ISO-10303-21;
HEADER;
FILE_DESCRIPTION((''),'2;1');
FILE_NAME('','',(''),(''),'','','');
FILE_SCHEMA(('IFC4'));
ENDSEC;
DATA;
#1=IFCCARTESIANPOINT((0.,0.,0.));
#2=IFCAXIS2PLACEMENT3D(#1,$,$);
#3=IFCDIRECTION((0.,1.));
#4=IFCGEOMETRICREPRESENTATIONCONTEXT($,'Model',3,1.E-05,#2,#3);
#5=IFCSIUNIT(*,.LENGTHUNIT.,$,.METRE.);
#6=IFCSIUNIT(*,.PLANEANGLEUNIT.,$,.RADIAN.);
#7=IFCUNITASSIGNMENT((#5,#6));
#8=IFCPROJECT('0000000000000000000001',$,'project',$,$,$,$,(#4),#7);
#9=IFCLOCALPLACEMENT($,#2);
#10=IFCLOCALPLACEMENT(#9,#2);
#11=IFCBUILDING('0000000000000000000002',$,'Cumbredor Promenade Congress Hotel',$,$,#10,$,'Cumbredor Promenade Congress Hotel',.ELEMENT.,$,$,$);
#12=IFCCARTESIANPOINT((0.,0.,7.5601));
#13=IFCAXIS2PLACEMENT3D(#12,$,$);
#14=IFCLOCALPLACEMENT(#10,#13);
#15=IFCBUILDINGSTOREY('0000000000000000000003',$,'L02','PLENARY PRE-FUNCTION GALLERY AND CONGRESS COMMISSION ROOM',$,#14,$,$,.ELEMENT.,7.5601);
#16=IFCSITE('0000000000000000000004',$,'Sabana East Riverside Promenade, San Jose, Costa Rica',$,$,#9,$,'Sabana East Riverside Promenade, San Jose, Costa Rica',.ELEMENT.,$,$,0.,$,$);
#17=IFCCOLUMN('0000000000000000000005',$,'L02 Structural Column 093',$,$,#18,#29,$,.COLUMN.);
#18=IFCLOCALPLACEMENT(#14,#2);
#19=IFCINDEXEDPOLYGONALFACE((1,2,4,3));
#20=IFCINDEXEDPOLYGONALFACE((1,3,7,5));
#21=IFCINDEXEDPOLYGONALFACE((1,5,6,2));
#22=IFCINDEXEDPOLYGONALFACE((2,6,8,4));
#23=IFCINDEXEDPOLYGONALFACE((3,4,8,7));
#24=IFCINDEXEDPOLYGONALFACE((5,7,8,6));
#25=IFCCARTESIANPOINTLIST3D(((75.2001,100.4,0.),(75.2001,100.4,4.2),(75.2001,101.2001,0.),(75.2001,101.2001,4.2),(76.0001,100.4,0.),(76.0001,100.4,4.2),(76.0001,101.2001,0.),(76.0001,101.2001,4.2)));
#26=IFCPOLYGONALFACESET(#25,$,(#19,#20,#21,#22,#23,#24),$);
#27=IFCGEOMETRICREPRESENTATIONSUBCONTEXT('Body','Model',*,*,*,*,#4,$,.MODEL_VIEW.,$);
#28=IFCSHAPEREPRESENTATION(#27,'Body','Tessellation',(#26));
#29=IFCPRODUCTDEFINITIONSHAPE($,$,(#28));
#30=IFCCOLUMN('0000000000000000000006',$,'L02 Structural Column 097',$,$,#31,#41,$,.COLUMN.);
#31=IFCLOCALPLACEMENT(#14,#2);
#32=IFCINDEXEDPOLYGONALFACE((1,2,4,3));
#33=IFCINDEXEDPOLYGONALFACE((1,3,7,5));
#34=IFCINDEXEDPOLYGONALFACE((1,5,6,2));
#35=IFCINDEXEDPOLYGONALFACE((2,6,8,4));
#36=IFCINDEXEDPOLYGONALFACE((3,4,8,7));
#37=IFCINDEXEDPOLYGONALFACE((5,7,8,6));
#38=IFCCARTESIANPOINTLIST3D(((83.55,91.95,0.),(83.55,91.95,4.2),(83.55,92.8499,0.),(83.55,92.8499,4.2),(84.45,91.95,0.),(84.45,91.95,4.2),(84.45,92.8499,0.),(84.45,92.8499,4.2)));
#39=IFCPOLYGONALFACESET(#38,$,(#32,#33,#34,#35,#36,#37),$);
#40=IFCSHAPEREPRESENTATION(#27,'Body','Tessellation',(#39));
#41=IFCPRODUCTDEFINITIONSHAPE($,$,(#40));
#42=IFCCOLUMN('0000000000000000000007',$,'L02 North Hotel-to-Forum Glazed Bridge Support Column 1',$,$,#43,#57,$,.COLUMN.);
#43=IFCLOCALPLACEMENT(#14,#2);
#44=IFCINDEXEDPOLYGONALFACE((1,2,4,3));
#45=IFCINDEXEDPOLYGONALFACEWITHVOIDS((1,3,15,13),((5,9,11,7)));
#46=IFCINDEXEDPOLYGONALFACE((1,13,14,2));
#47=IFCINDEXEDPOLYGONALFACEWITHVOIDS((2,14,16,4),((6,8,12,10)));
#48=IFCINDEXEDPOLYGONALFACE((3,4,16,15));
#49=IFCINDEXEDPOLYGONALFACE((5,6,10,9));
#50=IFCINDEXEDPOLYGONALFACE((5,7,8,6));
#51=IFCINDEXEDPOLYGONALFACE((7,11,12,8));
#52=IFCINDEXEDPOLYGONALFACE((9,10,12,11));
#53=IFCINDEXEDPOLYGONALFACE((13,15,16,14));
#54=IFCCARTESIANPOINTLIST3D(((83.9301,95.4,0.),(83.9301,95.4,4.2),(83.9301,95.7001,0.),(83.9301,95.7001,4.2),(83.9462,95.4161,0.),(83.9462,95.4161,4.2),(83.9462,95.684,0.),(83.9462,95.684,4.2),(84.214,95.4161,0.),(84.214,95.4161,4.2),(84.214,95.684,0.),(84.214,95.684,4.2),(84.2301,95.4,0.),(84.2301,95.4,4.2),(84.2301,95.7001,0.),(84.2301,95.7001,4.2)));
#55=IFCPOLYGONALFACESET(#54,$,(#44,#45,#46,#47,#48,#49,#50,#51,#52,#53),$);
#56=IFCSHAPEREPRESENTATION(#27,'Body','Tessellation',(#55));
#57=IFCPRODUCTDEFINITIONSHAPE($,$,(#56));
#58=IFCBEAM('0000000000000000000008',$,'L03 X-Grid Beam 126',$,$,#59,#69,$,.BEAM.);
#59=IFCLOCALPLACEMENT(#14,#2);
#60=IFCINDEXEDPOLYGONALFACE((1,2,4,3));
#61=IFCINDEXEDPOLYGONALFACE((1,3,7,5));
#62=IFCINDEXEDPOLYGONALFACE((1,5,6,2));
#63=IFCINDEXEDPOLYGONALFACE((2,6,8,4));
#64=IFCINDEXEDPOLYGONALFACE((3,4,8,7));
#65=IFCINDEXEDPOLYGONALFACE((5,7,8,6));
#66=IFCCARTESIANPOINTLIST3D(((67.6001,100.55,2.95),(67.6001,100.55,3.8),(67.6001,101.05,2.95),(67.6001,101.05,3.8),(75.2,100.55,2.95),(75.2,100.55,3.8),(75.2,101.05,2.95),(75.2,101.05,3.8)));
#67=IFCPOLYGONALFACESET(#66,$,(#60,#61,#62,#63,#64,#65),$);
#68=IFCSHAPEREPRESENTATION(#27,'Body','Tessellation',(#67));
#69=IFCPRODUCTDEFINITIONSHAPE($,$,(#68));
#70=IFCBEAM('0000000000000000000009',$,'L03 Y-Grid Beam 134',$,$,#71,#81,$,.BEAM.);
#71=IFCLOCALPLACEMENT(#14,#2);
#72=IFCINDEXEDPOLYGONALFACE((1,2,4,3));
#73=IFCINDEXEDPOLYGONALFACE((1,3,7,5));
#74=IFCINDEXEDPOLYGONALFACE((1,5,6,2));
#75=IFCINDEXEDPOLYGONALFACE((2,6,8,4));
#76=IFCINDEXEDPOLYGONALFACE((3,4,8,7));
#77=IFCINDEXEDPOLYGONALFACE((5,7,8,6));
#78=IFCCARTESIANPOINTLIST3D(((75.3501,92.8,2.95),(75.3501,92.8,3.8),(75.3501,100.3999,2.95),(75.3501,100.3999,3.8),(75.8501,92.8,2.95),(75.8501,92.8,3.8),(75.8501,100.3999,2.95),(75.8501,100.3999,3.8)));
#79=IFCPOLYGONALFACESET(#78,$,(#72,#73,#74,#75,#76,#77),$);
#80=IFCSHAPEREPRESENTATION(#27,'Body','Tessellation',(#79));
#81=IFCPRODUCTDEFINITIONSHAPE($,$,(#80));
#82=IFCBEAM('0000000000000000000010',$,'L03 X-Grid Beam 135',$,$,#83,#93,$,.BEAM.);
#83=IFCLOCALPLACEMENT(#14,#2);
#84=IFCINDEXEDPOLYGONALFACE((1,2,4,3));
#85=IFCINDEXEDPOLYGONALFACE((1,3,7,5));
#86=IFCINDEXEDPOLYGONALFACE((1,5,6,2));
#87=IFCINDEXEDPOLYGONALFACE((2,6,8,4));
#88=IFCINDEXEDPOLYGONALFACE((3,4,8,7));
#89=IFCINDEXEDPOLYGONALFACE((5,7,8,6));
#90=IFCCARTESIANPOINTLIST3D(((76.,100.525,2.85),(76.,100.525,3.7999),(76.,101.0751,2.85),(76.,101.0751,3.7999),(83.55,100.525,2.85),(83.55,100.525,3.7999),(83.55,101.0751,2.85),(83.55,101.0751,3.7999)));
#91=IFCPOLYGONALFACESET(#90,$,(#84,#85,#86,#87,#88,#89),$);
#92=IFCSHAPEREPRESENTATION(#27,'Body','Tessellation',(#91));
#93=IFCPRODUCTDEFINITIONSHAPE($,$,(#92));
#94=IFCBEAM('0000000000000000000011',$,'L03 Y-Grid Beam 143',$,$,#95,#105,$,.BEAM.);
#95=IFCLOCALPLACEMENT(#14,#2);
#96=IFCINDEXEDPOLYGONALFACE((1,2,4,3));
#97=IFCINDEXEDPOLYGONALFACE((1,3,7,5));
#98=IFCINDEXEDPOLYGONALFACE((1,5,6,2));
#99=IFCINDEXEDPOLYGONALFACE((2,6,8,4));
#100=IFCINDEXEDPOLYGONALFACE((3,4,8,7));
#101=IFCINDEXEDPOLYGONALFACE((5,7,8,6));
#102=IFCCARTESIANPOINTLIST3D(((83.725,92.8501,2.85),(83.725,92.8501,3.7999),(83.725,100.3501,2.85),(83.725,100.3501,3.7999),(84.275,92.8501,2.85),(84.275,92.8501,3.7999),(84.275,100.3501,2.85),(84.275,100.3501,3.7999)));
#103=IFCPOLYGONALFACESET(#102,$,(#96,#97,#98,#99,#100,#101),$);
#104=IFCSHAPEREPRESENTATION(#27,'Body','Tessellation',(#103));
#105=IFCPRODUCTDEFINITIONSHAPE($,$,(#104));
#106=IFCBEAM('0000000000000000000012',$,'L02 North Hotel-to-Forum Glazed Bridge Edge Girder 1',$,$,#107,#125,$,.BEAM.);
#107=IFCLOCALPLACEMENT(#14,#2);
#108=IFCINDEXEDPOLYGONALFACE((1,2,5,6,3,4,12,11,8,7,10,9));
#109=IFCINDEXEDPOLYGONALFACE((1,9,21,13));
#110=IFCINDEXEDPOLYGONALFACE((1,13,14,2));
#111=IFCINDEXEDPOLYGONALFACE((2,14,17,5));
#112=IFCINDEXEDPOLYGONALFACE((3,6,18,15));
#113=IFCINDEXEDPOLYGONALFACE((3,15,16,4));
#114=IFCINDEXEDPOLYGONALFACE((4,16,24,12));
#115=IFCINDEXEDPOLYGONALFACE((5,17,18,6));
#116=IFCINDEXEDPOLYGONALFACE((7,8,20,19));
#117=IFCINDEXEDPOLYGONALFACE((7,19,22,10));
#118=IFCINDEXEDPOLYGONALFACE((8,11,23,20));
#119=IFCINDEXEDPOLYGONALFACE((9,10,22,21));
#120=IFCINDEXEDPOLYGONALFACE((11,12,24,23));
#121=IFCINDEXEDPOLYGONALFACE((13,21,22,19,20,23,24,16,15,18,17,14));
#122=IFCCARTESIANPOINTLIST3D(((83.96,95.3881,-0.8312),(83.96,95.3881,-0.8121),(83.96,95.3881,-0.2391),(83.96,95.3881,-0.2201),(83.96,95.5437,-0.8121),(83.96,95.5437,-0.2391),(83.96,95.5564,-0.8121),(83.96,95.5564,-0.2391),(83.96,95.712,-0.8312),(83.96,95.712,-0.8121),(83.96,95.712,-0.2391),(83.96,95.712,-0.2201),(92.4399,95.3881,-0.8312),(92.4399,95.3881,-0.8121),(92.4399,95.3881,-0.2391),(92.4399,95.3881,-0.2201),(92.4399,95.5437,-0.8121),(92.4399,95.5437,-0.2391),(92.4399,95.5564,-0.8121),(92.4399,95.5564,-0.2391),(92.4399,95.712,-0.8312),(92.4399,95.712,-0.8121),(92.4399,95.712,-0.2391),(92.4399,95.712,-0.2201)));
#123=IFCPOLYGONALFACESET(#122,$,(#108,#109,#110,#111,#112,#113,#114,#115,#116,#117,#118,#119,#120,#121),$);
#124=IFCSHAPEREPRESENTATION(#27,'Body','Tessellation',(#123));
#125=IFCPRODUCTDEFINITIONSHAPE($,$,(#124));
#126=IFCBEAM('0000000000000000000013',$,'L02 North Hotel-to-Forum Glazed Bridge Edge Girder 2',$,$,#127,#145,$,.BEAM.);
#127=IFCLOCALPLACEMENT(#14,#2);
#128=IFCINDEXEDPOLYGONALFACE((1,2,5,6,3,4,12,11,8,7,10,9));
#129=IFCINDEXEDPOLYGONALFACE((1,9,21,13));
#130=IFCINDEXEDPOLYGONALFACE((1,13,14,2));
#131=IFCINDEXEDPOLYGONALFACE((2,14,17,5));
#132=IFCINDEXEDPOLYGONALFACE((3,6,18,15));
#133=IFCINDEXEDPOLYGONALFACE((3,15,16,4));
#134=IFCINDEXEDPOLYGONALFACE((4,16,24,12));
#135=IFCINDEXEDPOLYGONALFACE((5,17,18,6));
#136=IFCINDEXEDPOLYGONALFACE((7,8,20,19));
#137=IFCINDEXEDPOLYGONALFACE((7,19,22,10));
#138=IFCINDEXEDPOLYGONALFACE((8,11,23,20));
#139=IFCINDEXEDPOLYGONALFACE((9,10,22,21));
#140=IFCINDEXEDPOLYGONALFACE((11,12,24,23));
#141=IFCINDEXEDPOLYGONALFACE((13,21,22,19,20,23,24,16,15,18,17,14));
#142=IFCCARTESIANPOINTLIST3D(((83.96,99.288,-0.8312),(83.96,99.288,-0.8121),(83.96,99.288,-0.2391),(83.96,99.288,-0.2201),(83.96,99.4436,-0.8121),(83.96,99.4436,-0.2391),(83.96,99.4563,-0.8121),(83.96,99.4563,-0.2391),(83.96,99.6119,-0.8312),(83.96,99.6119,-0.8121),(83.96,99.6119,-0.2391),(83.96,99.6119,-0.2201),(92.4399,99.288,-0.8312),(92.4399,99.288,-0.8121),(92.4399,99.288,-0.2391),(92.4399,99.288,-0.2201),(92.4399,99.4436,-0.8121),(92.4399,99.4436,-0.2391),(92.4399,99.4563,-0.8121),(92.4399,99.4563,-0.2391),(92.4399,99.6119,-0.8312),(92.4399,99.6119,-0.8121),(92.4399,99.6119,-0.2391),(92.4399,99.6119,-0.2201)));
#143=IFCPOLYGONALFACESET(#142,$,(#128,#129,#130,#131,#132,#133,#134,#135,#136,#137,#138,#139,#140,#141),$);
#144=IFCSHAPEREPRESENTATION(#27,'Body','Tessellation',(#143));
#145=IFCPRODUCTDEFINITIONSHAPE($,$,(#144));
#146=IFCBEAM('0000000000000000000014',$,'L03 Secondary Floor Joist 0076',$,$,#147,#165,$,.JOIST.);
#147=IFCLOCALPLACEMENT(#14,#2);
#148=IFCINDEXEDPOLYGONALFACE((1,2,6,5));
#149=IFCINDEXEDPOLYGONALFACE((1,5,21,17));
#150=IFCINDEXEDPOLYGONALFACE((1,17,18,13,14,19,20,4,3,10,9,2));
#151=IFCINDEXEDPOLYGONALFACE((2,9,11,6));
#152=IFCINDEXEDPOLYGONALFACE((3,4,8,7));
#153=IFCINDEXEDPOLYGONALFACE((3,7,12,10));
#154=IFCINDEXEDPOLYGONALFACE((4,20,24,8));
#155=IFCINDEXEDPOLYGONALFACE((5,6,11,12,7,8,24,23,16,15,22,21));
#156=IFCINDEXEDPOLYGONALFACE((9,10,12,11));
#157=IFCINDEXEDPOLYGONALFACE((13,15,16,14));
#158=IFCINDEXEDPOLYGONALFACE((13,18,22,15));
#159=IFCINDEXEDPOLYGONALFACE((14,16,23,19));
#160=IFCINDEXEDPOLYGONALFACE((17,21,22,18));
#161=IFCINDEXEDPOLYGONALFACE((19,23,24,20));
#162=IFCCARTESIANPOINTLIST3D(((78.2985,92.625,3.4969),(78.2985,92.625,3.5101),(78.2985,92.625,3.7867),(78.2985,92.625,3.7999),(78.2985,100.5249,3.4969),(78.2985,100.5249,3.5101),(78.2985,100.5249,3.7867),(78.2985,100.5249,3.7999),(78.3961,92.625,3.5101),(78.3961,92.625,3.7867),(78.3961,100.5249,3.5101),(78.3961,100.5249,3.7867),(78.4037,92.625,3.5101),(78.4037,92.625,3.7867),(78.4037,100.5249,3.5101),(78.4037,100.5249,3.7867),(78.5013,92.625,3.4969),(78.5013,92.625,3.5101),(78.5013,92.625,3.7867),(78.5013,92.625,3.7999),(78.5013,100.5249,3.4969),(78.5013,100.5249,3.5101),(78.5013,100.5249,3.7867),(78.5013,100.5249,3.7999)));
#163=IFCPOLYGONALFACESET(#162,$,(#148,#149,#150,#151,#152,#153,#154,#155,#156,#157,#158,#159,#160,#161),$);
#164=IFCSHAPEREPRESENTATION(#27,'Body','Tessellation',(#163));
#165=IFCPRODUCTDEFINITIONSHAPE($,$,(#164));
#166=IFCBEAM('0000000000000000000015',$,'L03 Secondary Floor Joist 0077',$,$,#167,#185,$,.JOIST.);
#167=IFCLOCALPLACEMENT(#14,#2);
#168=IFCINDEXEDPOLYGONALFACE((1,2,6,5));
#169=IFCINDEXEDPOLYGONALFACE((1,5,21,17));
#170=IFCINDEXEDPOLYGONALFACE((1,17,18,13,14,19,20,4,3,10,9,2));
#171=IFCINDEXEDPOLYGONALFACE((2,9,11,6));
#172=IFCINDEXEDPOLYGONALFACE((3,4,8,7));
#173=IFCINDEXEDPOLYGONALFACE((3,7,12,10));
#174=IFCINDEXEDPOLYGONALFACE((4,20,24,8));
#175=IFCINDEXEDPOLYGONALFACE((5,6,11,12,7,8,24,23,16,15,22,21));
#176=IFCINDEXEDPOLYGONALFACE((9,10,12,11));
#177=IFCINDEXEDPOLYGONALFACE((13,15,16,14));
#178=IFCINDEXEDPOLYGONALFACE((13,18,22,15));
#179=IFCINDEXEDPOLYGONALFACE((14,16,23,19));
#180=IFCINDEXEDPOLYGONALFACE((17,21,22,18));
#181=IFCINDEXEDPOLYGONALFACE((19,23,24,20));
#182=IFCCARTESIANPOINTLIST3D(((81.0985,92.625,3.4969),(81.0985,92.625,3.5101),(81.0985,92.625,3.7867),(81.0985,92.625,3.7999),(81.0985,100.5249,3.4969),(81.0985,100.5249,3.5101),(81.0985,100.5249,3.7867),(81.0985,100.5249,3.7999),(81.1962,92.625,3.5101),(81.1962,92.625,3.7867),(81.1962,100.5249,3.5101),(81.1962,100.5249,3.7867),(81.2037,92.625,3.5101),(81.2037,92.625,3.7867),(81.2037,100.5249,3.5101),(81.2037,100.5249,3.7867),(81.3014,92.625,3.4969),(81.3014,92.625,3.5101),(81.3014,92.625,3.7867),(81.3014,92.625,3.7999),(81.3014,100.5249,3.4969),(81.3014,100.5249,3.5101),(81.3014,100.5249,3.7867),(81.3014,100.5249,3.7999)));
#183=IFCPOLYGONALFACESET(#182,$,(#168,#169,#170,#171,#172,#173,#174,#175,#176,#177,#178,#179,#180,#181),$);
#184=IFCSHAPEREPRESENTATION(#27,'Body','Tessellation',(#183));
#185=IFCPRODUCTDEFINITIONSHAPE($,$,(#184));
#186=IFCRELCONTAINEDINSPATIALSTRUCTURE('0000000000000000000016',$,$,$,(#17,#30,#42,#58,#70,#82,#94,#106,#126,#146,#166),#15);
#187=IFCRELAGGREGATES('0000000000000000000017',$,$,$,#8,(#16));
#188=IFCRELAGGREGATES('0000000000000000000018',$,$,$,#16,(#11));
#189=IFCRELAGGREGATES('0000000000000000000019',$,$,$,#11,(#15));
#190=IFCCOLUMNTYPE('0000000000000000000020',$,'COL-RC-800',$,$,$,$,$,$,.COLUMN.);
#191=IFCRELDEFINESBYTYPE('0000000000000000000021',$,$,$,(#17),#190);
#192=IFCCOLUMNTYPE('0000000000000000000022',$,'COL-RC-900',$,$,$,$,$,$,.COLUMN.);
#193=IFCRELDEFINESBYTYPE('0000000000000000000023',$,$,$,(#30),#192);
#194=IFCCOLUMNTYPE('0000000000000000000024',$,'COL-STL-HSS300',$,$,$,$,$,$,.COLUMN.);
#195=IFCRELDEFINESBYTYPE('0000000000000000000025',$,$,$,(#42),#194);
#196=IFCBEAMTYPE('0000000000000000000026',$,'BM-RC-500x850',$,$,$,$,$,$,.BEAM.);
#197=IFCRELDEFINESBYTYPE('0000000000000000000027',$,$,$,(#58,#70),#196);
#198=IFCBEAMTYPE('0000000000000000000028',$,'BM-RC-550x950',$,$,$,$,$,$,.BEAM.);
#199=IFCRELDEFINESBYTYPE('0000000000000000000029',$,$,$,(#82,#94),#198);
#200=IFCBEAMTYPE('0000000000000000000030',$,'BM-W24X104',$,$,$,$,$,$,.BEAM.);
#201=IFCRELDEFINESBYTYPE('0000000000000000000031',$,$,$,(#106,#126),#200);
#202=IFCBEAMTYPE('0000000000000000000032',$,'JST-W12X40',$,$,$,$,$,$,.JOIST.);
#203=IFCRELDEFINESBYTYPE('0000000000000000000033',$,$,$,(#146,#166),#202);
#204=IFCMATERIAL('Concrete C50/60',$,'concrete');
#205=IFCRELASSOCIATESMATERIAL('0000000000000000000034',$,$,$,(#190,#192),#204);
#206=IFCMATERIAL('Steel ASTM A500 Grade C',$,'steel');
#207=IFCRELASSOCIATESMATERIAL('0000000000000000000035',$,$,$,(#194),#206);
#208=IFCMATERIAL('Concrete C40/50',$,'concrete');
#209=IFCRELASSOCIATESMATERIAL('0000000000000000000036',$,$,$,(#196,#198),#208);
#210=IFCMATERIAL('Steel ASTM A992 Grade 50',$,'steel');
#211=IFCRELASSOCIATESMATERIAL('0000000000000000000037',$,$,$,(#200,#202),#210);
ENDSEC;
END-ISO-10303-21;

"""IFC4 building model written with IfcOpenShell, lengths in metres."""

from ifc_helpers import new_model, si_unit, direction, frame, origin, origin_2d, place, context, subcontext, project, spatial, rectangle, hollow_rectangle, i_section, extrude, material, material_profile, profile_set, type_object, element, save


model = new_model("IFC4")

# Units and contexts
model_context = context("Model", 3, precision=1e-05, world=origin(), true_north=direction((0.0, 1.0)))
body_context = subcontext(model_context, "Body", "Model", "MODEL_VIEW")
ifc_project = project(units=[si_unit("LENGTHUNIT", "METRE"), si_unit("PLANEANGLEUNIT", "RADIAN")], contexts=[model_context])

# Site, building, storey
site_placement = place(None, origin())
site = spatial("IfcSite", under=ifc_project, at=site_placement, Name="Sabana East Riverside Promenade, San Jose, Costa Rica", LongName="Sabana East Riverside Promenade, San Jose, Costa Rica", CompositionType="ELEMENT", RefElevation=0.0)
building_placement = place(site_placement, origin())
building = spatial("IfcBuilding", under=site, at=building_placement, Name="Cumbredor Promenade Congress Hotel", LongName="Cumbredor Promenade Congress Hotel", CompositionType="ELEMENT")
storey_placement = place(building_placement, frame((0.0, 0.0, 7.5601)))
storey = spatial("IfcBuildingStorey", under=building, at=storey_placement, Name="L02", Description="PLENARY PRE-FUNCTION GALLERY AND CONGRESS COMMISSION ROOM", CompositionType="ELEMENT", Elevation=7.5601)

# Columns
ifc_material_1 = material(Name="Concrete C50/60", Category="concrete")
ifc_material_profile_1 = material_profile(ifc_material_1, rectangle(XDim=0.8, YDim=0.8, at=origin_2d()), Name="RC 800x800")
ifc_profile_set_1 = profile_set([ifc_material_profile_1], Name="Concrete C50/60")
column_type_1 = type_object("IfcColumnType", Name="COL-RC-800", PredefinedType="COLUMN", material=ifc_profile_set_1)
column_1_placement = place(storey_placement, frame((75.6001, 100.8, 0.0), z_axis=(0.0, 0.0, 1.0), x_axis=(1.0, 0.0, 0.0)))
element("IfcColumn", 1, at=column_1_placement, inside=storey, type_object=column_type_1, Name="L02 Structural Column 093", PredefinedType="COLUMN", context=body_context, shape_type="SweptSolid", body=[
    extrude(rectangle(XDim=0.8, YDim=0.8, at=origin_2d()), origin(), (0.0, 0.0, 1.0), 4.2),
])
ifc_material_profile_2 = material_profile(ifc_material_1, rectangle(XDim=0.8999, YDim=0.8999, at=origin_2d()), Name="RC 900x900")
ifc_profile_set_2 = profile_set([ifc_material_profile_2], Name="Concrete C50/60")
column_type_2 = type_object("IfcColumnType", Name="COL-RC-900", PredefinedType="COLUMN", material=ifc_profile_set_2)
column_2_placement = place(storey_placement, frame((84.0, 92.3999, 0.0), z_axis=(0.0, 0.0, 1.0), x_axis=(1.0, 0.0, 0.0)))
element("IfcColumn", 2, at=column_2_placement, inside=storey, type_object=column_type_2, Name="L02 Structural Column 097", PredefinedType="COLUMN", context=body_context, shape_type="SweptSolid", body=[
    extrude(rectangle(XDim=0.8999, YDim=0.8999, at=origin_2d()), origin(), (0.0, 0.0, 1.0), 4.2),
])
ifc_material_2 = material(Name="Steel ASTM A500 Grade C", Category="steel")
ifc_material_profile_3 = material_profile(ifc_material_2, hollow_rectangle(XDim=0.3, YDim=0.3, WallThickness=0.0161, at=origin_2d()), Name="HSS 300x300x16")
ifc_profile_set_3 = profile_set([ifc_material_profile_3], Name="Steel ASTM A500 Grade C")
column_type_3 = type_object("IfcColumnType", Name="COL-STL-HSS300", PredefinedType="COLUMN", material=ifc_profile_set_3)
column_3_placement = place(storey_placement, frame((84.0801, 95.55, 0.0), z_axis=(0.0, 0.0, 1.0), x_axis=(1.0, 0.0, 0.0)))
element("IfcColumn", 3, at=column_3_placement, inside=storey, type_object=column_type_3, Name="L02 North Hotel-to-Forum Glazed Bridge Support Column 1", PredefinedType="COLUMN", context=body_context, shape_type="SweptSolid", body=[
    extrude(hollow_rectangle(XDim=0.3, YDim=0.3, WallThickness=0.0161, at=origin_2d()), origin(), (0.0, 0.0, 1.0), 4.2),
])

# Beams
ifc_material_3 = material(Name="Concrete C40/50", Category="concrete")
ifc_material_profile_4 = material_profile(ifc_material_3, rectangle(XDim=0.5, YDim=0.8501, at=origin_2d()), Name="RC BEAM 500x850")
ifc_profile_set_4 = profile_set([ifc_material_profile_4], Name="Concrete C40/50")
beam_type_1 = type_object("IfcBeamType", Name="BM-RC-500x850", PredefinedType="BEAM", material=ifc_profile_set_4)
for number, where, z_axis, x_axis, name in (
    (4, (67.6001, 100.8, 3.375), (1.0, 0.0, 0.0), (0.0, 1.0, 0.0), "L03 X-Grid Beam 126"),
    (5, (75.6001, 92.8, 3.375), (0.0, 1.0, 0.0), (-1.0, 0.0, 0.0), "L03 Y-Grid Beam 134"),
):
    element("IfcBeam", number, at=place(storey_placement, frame(where, z_axis=z_axis, x_axis=x_axis)), inside=storey, type_object=beam_type_1, Name=name, PredefinedType="BEAM", context=body_context, shape_type="SweptSolid", body=[
        extrude(rectangle(XDim=0.5, YDim=0.8501, at=origin_2d()), origin(), (0.0, 0.0, 1.0), 7.5999),
    ])
ifc_material_profile_5 = material_profile(ifc_material_3, rectangle(XDim=0.55, YDim=0.95, at=origin_2d()), Name="RC BEAM 550x950")
ifc_profile_set_5 = profile_set([ifc_material_profile_5], Name="Concrete C40/50")
beam_type_2 = type_object("IfcBeamType", Name="BM-RC-550x950", PredefinedType="BEAM", material=ifc_profile_set_5)
beam_1_placement = place(storey_placement, frame((76.0, 100.8, 3.325), z_axis=(1.0, 0.0, 0.0), x_axis=(0.0, 1.0, 0.0)))
element("IfcBeam", 6, at=beam_1_placement, inside=storey, type_object=beam_type_2, Name="L03 X-Grid Beam 135", PredefinedType="BEAM", context=body_context, shape_type="SweptSolid", body=[
    extrude(rectangle(XDim=0.55, YDim=0.95, at=origin_2d()), origin(), (0.0, 0.0, 1.0), 7.55),
])
beam_2_placement = place(storey_placement, frame((84.0, 92.8501, 3.325), z_axis=(0.0, 1.0, 0.0), x_axis=(-1.0, 0.0, 0.0)))
element("IfcBeam", 7, at=beam_2_placement, inside=storey, type_object=beam_type_2, Name="L03 Y-Grid Beam 143", PredefinedType="BEAM", context=body_context, shape_type="SweptSolid", body=[
    extrude(rectangle(XDim=0.55, YDim=0.95, at=origin_2d()), origin(), (0.0, 0.0, 1.0), 7.5),
])
ifc_material_4 = material(Name="Steel ASTM A992 Grade 50", Category="steel")
ifc_material_profile_6 = material_profile(ifc_material_4, i_section(OverallWidth=0.324, OverallDepth=0.6111, WebThickness=0.0127, FlangeThickness=0.019, at=origin_2d()), Name="W24X104")
ifc_profile_set_6 = profile_set([ifc_material_profile_6], Name="Steel ASTM A992 Grade 50")
beam_type_3 = type_object("IfcBeamType", Name="BM-W24X104", PredefinedType="BEAM", material=ifc_profile_set_6)
for number, where, z_axis, x_axis, name in (
    (8, (83.96, 95.55, -0.5256), (1.0, 0.0, 0.0), (0.0, 1.0, 0.0), "L02 North Hotel-to-Forum Glazed Bridge Edge Girder 1"),
    (9, (83.96, 99.45, -0.5256), (1.0, 0.0, 0.0), (0.0, 1.0, 0.0), "L02 North Hotel-to-Forum Glazed Bridge Edge Girder 2"),
):
    element("IfcBeam", number, at=place(storey_placement, frame(where, z_axis=z_axis, x_axis=x_axis)), inside=storey, type_object=beam_type_3, Name=name, PredefinedType="BEAM", context=body_context, shape_type="SweptSolid", body=[
        extrude(i_section(OverallWidth=0.324, OverallDepth=0.6111, WebThickness=0.0127, FlangeThickness=0.019, at=origin_2d()), origin(), (0.0, 0.0, 1.0), 8.48),
    ])
ifc_material_profile_7 = material_profile(ifc_material_4, i_section(OverallWidth=0.2029, OverallDepth=0.303, WebThickness=0.0076, FlangeThickness=0.0132, at=origin_2d()), Name="W12X40")
ifc_profile_set_7 = profile_set([ifc_material_profile_7], Name="Steel ASTM A992 Grade 50")
beam_type_4 = type_object("IfcBeamType", Name="JST-W12X40", PredefinedType="JOIST", material=ifc_profile_set_7)
for number, where, z_axis, x_axis, name in (
    (10, (78.3999, 92.625, 3.6484), (0.0, 1.0, 0.0), (-1.0, 0.0, 0.0), "L03 Secondary Floor Joist 0076"),
    (11, (81.2, 92.625, 3.6484), (0.0, 1.0, 0.0), (-1.0, 0.0, 0.0), "L03 Secondary Floor Joist 0077"),
):
    element("IfcBeam", number, at=place(storey_placement, frame(where, z_axis=z_axis, x_axis=x_axis)), inside=storey, type_object=beam_type_4, Name=name, PredefinedType="JOIST", context=body_context, shape_type="SweptSolid", body=[
        extrude(i_section(OverallWidth=0.2029, OverallDepth=0.303, WebThickness=0.0076, FlangeThickness=0.0132, at=origin_2d()), origin(), (0.0, 0.0, 1.0), 7.8999),
    ])

save(model, "model.ifc")
